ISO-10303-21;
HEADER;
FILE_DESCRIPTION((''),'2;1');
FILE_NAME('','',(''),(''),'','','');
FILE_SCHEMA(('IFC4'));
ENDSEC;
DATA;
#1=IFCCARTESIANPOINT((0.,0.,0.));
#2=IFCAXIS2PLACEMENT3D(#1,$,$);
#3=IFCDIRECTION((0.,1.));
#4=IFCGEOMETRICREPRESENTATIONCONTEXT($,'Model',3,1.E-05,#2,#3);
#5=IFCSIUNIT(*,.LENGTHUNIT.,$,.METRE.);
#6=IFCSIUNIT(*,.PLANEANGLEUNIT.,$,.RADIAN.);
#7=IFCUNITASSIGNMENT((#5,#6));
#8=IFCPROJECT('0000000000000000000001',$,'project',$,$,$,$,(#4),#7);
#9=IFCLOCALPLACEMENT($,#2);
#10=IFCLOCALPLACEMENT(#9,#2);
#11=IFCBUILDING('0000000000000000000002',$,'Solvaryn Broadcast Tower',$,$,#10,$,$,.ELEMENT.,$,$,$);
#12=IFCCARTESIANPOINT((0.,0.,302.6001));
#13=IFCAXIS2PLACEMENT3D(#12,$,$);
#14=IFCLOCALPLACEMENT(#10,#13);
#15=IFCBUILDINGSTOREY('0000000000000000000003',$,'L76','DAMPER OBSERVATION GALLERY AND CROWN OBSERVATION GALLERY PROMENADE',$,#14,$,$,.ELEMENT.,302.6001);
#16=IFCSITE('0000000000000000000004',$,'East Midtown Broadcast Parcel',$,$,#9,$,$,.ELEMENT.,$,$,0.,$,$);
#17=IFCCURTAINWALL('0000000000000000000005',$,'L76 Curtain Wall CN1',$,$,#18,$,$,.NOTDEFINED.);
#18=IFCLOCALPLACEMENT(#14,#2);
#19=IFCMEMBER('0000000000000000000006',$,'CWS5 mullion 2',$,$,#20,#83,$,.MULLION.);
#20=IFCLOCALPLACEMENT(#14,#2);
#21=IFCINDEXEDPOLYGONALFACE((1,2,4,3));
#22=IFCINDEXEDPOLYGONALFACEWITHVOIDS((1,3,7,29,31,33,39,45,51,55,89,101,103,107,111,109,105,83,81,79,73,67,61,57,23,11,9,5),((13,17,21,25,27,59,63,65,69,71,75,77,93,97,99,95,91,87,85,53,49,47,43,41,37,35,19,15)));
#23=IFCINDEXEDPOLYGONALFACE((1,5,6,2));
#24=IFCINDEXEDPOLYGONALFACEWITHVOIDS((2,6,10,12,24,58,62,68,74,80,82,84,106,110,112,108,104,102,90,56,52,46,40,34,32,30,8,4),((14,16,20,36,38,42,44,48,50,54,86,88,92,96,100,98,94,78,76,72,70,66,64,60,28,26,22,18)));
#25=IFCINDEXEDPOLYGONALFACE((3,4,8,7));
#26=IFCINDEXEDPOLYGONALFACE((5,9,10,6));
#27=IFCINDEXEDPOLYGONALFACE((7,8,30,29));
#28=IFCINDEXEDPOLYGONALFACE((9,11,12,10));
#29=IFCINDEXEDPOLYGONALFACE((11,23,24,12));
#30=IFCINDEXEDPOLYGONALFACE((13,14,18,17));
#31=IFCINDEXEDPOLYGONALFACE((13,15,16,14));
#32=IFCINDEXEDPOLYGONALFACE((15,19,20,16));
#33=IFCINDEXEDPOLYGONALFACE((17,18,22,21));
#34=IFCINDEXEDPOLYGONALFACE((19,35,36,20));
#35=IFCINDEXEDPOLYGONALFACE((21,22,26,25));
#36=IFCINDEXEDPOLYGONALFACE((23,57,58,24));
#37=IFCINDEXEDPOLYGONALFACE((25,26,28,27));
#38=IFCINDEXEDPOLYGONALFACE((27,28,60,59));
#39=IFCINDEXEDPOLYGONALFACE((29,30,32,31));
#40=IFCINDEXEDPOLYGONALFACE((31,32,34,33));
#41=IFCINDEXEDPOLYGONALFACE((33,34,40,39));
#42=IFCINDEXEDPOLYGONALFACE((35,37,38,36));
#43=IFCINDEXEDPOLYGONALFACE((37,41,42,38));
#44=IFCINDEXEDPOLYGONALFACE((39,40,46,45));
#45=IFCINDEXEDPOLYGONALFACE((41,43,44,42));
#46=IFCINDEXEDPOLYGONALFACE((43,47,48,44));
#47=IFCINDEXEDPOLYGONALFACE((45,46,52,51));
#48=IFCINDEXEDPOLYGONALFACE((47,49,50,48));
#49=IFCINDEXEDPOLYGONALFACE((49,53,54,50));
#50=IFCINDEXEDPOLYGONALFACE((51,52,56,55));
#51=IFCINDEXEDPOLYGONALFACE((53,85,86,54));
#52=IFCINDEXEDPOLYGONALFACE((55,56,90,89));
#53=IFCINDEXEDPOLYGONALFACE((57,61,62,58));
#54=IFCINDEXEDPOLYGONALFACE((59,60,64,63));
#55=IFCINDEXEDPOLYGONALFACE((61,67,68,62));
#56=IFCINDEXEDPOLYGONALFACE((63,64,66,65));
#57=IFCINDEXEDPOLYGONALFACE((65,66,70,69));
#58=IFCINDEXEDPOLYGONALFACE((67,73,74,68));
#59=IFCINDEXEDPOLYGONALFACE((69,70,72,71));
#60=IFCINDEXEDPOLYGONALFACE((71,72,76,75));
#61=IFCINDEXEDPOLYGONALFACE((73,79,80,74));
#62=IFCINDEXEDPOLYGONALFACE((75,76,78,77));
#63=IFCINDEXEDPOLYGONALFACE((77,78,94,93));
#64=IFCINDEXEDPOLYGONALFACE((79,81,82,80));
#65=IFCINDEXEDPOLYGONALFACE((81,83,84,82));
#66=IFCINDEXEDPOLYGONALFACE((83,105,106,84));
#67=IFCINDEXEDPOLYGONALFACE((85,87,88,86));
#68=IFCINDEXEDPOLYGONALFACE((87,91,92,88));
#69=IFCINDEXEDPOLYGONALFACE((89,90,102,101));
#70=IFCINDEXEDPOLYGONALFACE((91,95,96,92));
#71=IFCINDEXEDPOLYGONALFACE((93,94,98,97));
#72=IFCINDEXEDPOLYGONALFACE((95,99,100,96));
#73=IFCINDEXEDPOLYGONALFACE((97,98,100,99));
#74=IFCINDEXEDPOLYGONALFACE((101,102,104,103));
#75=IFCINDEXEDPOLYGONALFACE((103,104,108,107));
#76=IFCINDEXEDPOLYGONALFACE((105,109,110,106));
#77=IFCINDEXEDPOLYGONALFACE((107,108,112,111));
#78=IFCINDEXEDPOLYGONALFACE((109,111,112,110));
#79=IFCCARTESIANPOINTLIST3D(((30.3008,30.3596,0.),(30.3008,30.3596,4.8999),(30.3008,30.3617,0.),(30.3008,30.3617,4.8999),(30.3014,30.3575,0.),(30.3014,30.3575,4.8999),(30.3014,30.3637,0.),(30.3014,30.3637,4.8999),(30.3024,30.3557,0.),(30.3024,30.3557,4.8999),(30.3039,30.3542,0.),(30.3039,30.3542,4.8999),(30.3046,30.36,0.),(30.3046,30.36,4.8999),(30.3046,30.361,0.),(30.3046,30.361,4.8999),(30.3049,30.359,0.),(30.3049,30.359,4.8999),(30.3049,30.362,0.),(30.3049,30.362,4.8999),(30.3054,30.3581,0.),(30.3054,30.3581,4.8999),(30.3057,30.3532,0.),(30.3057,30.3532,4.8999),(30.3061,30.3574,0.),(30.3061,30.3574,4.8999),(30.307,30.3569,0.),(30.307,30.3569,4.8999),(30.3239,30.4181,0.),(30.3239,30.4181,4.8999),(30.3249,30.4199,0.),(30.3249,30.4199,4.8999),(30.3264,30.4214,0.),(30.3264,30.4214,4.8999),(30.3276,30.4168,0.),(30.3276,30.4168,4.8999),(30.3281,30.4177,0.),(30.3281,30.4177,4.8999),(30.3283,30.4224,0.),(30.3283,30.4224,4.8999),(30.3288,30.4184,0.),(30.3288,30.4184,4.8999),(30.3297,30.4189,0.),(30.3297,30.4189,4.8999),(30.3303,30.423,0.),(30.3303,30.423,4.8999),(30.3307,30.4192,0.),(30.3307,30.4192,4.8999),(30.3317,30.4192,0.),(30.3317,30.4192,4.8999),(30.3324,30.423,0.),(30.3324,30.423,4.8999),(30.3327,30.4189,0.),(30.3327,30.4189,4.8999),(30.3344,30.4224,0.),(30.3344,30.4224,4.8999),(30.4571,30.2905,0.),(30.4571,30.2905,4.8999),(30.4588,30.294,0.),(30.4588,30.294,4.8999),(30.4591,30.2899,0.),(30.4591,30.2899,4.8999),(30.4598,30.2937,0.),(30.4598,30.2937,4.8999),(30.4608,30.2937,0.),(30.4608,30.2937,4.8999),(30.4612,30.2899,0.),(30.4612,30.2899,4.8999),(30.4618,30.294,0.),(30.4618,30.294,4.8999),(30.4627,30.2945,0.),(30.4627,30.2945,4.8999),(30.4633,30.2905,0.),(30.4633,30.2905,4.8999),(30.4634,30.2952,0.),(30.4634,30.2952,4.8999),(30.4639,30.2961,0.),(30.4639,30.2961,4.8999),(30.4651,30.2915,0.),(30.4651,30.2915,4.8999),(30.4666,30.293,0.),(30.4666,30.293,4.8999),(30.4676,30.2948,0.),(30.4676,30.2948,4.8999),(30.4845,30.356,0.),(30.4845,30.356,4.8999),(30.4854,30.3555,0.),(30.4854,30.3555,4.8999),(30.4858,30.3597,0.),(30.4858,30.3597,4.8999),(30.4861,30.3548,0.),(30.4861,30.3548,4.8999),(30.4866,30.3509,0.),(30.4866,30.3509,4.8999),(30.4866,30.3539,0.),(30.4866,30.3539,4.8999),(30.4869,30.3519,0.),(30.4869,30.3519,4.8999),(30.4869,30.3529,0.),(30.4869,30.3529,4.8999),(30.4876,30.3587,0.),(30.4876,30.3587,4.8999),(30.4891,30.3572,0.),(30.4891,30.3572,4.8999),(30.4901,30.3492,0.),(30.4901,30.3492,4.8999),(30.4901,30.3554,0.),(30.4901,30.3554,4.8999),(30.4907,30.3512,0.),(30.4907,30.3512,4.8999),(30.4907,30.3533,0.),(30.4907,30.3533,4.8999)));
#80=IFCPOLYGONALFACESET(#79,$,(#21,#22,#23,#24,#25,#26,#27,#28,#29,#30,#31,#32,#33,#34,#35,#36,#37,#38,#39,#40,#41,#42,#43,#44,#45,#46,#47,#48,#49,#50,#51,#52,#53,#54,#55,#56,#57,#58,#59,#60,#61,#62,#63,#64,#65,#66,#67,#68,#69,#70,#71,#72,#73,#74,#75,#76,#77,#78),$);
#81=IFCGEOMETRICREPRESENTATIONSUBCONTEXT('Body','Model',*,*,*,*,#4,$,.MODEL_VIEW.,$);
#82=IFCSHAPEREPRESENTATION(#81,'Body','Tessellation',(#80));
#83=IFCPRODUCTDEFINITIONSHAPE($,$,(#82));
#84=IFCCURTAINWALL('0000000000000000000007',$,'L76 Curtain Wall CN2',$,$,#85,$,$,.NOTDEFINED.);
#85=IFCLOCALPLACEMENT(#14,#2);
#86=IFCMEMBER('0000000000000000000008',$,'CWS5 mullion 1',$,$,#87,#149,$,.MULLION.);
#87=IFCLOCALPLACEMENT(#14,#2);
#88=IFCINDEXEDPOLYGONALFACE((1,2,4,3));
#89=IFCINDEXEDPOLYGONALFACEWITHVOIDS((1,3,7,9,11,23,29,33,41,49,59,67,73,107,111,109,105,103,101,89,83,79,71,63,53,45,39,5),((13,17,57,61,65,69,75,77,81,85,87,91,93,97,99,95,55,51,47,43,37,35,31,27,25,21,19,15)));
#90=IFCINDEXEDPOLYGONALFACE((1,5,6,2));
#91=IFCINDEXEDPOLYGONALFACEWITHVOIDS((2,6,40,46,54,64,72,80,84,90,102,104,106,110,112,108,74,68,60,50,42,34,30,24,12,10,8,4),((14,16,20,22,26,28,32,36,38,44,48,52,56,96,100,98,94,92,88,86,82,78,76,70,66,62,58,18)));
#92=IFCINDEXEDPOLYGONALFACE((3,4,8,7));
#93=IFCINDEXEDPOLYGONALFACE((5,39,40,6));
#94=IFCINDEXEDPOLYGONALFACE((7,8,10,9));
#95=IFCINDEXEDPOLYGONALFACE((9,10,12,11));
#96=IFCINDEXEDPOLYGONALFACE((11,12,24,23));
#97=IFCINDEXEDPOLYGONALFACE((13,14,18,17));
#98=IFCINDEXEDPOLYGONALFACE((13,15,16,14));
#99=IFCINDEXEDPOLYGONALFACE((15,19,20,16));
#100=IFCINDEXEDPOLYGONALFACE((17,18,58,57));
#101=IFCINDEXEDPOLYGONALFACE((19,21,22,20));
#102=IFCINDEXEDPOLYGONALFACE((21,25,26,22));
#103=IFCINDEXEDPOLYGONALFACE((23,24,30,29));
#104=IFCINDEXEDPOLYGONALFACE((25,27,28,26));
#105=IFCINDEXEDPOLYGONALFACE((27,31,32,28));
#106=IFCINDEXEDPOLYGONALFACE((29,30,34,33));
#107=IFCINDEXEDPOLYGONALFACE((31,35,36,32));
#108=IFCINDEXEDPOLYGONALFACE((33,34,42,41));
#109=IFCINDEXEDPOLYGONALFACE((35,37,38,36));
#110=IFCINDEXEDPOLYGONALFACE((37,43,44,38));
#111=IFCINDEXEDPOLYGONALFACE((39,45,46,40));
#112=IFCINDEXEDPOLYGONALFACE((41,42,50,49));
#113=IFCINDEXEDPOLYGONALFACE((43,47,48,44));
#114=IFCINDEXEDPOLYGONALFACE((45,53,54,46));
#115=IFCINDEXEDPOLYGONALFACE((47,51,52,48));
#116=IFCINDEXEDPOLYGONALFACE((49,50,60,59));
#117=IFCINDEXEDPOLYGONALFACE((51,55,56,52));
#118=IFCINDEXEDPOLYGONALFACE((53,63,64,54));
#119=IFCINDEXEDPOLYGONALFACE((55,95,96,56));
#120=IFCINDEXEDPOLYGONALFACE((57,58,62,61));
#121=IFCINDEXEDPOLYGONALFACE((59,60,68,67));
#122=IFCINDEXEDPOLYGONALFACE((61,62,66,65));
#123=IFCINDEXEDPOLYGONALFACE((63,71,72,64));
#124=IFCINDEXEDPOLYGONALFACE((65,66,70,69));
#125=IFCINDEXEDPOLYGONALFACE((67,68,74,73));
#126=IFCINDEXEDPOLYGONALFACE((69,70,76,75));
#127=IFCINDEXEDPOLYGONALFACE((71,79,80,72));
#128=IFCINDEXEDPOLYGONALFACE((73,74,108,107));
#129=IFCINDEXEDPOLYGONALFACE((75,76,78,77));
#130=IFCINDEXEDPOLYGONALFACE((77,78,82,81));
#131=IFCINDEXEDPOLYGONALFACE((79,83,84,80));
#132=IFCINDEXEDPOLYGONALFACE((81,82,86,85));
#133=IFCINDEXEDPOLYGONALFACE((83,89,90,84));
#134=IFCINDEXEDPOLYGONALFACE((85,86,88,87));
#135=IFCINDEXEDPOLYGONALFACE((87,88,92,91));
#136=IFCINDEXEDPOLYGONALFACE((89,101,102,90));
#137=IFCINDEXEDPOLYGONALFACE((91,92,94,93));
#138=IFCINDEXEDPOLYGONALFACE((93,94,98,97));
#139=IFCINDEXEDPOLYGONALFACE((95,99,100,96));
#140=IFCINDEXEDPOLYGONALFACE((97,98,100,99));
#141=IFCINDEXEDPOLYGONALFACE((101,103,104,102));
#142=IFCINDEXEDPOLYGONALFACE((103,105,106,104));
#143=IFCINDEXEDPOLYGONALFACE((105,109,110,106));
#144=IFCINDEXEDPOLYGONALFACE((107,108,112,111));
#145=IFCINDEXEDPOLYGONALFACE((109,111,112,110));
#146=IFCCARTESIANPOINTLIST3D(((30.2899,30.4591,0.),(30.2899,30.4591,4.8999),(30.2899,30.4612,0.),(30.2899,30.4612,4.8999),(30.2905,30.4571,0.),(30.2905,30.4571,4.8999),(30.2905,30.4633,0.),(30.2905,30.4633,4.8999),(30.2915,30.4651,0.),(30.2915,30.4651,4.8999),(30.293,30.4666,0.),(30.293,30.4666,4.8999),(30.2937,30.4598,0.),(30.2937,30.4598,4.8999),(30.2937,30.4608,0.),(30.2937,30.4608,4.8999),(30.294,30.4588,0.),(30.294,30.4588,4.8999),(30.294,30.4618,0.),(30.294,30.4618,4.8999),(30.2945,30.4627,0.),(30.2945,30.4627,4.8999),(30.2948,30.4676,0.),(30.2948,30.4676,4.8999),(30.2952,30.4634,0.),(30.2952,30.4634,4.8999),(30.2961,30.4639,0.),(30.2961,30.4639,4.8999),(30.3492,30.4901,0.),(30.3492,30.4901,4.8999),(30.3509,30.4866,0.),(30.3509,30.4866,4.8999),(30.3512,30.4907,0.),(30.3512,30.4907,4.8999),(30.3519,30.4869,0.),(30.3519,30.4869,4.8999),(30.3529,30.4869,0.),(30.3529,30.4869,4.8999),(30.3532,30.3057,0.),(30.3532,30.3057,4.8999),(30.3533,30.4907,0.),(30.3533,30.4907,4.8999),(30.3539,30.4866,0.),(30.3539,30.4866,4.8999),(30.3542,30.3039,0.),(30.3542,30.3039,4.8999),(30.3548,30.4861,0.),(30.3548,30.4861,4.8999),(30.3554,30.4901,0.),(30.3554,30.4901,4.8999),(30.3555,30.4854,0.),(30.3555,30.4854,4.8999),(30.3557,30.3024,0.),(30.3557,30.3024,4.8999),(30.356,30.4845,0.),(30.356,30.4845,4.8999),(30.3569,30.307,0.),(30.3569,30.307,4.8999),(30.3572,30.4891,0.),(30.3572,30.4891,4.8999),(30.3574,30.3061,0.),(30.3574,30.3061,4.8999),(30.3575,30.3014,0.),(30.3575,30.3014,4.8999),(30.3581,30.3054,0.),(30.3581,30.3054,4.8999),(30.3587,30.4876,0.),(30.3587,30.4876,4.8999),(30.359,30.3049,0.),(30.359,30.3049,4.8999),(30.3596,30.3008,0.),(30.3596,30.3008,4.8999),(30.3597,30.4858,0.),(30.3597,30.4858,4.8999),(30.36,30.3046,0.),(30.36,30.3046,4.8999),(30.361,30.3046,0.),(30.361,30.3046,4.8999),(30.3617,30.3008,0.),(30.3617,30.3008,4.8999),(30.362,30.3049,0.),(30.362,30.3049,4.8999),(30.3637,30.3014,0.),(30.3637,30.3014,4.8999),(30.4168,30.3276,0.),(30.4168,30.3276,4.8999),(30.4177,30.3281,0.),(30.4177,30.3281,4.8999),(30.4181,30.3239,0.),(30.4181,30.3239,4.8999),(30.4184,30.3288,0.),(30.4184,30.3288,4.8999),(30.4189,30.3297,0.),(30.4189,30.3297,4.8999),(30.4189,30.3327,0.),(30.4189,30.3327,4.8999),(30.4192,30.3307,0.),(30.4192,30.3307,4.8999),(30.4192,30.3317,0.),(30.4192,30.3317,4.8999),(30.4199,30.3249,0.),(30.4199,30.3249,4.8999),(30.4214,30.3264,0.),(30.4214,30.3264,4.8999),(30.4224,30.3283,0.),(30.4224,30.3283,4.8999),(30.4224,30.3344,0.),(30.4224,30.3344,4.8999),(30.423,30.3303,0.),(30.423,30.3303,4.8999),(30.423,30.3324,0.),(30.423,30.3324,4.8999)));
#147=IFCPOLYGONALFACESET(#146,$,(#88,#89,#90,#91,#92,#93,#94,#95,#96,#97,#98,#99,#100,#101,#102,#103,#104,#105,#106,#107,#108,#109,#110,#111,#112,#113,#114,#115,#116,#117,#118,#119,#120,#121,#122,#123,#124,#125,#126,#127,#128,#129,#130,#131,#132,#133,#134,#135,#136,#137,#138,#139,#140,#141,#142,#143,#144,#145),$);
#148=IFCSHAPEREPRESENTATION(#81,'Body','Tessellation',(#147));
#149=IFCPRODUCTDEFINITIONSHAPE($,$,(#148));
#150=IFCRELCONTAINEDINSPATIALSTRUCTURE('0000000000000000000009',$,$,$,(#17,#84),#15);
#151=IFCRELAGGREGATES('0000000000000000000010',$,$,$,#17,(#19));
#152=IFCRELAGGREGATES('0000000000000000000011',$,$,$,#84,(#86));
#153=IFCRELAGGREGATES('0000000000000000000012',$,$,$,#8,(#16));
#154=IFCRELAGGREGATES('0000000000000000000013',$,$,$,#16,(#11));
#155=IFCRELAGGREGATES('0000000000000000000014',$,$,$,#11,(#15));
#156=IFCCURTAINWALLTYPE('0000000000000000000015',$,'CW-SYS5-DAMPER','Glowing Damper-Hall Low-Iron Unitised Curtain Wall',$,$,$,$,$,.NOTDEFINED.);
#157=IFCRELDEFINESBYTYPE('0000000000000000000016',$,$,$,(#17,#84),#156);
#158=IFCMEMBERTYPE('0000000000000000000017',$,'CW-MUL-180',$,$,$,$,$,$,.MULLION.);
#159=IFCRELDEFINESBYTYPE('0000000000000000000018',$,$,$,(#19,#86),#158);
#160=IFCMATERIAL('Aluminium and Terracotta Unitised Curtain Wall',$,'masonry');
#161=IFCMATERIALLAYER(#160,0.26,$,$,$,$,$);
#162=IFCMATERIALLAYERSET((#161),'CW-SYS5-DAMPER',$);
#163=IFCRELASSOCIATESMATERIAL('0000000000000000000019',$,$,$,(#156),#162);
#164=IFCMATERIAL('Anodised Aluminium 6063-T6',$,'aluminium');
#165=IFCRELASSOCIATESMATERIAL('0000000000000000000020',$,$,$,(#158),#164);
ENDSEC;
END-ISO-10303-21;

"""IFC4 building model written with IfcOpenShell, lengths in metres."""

from ifc_helpers import new_model, si_unit, direction, frame, origin, origin_2d, place, context, subcontext, project, spatial, hollow_rectangle, extrude, material, layer, layer_set, material_profile, profile_set, type_object, element, aggregate, save


model = new_model("IFC4")

# Units and contexts
model_context = context("Model", 3, precision=1e-05, world=origin(), true_north=direction((0.0, 1.0)))
body_context = subcontext(model_context, "Body", "Model", "MODEL_VIEW")
ifc_project = project(units=[si_unit("LENGTHUNIT", "METRE"), si_unit("PLANEANGLEUNIT", "RADIAN")], contexts=[model_context])

# Site, building, storey
site_placement = place(None, origin())
site = spatial("IfcSite", under=ifc_project, at=site_placement, Name="East Midtown Broadcast Parcel", CompositionType="ELEMENT", RefElevation=0.0)
building_placement = place(site_placement, origin())
building = spatial("IfcBuilding", under=site, at=building_placement, Name="Solvaryn Broadcast Tower", CompositionType="ELEMENT")
storey_placement = place(building_placement, frame((0.0, 0.0, 302.6001)))
storey = spatial("IfcBuildingStorey", under=building, at=storey_placement, Name="L76", Description="DAMPER OBSERVATION GALLERY AND CROWN OBSERVATION GALLERY PROMENADE", CompositionType="ELEMENT", Elevation=302.6001)

# Shared definitions
ifc_material_1 = material(Name="Aluminium and Terracotta Unitised Curtain Wall", Category="masonry")
ifc_layer_1 = layer(ifc_material_1, 0.26)
ifc_layer_set_1 = layer_set([ifc_layer_1], Name="CW-SYS5-DAMPER")
curtain_wall_type = type_object("IfcCurtainWallType", Name="CW-SYS5-DAMPER", Description="Glowing Damper-Hall Low-Iron Unitised Curtain Wall", PredefinedType="NOTDEFINED", material=ifc_layer_set_1)
ifc_material_2 = material(Name="Anodised Aluminium 6063-T6", Category="aluminium")
ifc_material_profile_1 = material_profile(ifc_material_2, hollow_rectangle(XDim=0.075, YDim=0.1799, WallThickness=0.0039, InnerFilletRadius=0.0039, OuterFilletRadius=0.0081, at=origin_2d()))
ifc_profile_set_1 = profile_set([ifc_material_profile_1], Name="Anodised Aluminium 6063-T6")
member_type_1 = type_object("IfcMemberType", Name="CW-MUL-180", PredefinedType="MULLION", material=ifc_profile_set_1)

# Curtain walls, members
curtain_wall_1_placement = place(storey_placement, origin())
curtain_wall_1 = element("IfcCurtainWall", 1, at=curtain_wall_1_placement, inside=storey, type_object=curtain_wall_type, Name="L76 Curtain Wall CN1", PredefinedType="NOTDEFINED")
member_1_placement = place(storey_placement, frame((30.3958, 30.3564, 0.0), z_axis=(0.0, 0.0, 1.0), x_axis=(-0.382646, -0.923895, 0.0)))
member_1 = element("IfcMember", 2, at=member_1_placement, type_object=member_type_1, Name="CWS5 mullion 2", PredefinedType="MULLION", context=body_context, shape_type="SweptSolid", body=[
    extrude(hollow_rectangle(XDim=0.075, YDim=0.1799, WallThickness=0.0039, InnerFilletRadius=0.0039, OuterFilletRadius=0.0081, at=origin_2d()), origin(), (0.0, 0.0, 1.0), 4.8999),
])
curtain_wall_2_placement = place(storey_placement, origin())
curtain_wall_2 = element("IfcCurtainWall", 3, at=curtain_wall_2_placement, inside=storey, type_object=curtain_wall_type, Name="L76 Curtain Wall CN2", PredefinedType="NOTDEFINED")
member_2_placement = place(storey_placement, frame((30.3564, 30.3958, 0.0), z_axis=(0.0, 0.0, 1.0), x_axis=(-0.923895, -0.382646, 0.0)))
member_2 = element("IfcMember", 4, at=member_2_placement, type_object=member_type_1, Name="CWS5 mullion 1", PredefinedType="MULLION", context=body_context, shape_type="SweptSolid", body=[
    extrude(hollow_rectangle(XDim=0.075, YDim=0.1799, WallThickness=0.0039, InnerFilletRadius=0.0039, OuterFilletRadius=0.0081, at=origin_2d()), origin(), (0.0, 0.0, 1.0), 4.8999),
])

aggregate(curtain_wall_1, [member_1])
aggregate(curtain_wall_2, [member_2])

save(model, "model.ifc")
